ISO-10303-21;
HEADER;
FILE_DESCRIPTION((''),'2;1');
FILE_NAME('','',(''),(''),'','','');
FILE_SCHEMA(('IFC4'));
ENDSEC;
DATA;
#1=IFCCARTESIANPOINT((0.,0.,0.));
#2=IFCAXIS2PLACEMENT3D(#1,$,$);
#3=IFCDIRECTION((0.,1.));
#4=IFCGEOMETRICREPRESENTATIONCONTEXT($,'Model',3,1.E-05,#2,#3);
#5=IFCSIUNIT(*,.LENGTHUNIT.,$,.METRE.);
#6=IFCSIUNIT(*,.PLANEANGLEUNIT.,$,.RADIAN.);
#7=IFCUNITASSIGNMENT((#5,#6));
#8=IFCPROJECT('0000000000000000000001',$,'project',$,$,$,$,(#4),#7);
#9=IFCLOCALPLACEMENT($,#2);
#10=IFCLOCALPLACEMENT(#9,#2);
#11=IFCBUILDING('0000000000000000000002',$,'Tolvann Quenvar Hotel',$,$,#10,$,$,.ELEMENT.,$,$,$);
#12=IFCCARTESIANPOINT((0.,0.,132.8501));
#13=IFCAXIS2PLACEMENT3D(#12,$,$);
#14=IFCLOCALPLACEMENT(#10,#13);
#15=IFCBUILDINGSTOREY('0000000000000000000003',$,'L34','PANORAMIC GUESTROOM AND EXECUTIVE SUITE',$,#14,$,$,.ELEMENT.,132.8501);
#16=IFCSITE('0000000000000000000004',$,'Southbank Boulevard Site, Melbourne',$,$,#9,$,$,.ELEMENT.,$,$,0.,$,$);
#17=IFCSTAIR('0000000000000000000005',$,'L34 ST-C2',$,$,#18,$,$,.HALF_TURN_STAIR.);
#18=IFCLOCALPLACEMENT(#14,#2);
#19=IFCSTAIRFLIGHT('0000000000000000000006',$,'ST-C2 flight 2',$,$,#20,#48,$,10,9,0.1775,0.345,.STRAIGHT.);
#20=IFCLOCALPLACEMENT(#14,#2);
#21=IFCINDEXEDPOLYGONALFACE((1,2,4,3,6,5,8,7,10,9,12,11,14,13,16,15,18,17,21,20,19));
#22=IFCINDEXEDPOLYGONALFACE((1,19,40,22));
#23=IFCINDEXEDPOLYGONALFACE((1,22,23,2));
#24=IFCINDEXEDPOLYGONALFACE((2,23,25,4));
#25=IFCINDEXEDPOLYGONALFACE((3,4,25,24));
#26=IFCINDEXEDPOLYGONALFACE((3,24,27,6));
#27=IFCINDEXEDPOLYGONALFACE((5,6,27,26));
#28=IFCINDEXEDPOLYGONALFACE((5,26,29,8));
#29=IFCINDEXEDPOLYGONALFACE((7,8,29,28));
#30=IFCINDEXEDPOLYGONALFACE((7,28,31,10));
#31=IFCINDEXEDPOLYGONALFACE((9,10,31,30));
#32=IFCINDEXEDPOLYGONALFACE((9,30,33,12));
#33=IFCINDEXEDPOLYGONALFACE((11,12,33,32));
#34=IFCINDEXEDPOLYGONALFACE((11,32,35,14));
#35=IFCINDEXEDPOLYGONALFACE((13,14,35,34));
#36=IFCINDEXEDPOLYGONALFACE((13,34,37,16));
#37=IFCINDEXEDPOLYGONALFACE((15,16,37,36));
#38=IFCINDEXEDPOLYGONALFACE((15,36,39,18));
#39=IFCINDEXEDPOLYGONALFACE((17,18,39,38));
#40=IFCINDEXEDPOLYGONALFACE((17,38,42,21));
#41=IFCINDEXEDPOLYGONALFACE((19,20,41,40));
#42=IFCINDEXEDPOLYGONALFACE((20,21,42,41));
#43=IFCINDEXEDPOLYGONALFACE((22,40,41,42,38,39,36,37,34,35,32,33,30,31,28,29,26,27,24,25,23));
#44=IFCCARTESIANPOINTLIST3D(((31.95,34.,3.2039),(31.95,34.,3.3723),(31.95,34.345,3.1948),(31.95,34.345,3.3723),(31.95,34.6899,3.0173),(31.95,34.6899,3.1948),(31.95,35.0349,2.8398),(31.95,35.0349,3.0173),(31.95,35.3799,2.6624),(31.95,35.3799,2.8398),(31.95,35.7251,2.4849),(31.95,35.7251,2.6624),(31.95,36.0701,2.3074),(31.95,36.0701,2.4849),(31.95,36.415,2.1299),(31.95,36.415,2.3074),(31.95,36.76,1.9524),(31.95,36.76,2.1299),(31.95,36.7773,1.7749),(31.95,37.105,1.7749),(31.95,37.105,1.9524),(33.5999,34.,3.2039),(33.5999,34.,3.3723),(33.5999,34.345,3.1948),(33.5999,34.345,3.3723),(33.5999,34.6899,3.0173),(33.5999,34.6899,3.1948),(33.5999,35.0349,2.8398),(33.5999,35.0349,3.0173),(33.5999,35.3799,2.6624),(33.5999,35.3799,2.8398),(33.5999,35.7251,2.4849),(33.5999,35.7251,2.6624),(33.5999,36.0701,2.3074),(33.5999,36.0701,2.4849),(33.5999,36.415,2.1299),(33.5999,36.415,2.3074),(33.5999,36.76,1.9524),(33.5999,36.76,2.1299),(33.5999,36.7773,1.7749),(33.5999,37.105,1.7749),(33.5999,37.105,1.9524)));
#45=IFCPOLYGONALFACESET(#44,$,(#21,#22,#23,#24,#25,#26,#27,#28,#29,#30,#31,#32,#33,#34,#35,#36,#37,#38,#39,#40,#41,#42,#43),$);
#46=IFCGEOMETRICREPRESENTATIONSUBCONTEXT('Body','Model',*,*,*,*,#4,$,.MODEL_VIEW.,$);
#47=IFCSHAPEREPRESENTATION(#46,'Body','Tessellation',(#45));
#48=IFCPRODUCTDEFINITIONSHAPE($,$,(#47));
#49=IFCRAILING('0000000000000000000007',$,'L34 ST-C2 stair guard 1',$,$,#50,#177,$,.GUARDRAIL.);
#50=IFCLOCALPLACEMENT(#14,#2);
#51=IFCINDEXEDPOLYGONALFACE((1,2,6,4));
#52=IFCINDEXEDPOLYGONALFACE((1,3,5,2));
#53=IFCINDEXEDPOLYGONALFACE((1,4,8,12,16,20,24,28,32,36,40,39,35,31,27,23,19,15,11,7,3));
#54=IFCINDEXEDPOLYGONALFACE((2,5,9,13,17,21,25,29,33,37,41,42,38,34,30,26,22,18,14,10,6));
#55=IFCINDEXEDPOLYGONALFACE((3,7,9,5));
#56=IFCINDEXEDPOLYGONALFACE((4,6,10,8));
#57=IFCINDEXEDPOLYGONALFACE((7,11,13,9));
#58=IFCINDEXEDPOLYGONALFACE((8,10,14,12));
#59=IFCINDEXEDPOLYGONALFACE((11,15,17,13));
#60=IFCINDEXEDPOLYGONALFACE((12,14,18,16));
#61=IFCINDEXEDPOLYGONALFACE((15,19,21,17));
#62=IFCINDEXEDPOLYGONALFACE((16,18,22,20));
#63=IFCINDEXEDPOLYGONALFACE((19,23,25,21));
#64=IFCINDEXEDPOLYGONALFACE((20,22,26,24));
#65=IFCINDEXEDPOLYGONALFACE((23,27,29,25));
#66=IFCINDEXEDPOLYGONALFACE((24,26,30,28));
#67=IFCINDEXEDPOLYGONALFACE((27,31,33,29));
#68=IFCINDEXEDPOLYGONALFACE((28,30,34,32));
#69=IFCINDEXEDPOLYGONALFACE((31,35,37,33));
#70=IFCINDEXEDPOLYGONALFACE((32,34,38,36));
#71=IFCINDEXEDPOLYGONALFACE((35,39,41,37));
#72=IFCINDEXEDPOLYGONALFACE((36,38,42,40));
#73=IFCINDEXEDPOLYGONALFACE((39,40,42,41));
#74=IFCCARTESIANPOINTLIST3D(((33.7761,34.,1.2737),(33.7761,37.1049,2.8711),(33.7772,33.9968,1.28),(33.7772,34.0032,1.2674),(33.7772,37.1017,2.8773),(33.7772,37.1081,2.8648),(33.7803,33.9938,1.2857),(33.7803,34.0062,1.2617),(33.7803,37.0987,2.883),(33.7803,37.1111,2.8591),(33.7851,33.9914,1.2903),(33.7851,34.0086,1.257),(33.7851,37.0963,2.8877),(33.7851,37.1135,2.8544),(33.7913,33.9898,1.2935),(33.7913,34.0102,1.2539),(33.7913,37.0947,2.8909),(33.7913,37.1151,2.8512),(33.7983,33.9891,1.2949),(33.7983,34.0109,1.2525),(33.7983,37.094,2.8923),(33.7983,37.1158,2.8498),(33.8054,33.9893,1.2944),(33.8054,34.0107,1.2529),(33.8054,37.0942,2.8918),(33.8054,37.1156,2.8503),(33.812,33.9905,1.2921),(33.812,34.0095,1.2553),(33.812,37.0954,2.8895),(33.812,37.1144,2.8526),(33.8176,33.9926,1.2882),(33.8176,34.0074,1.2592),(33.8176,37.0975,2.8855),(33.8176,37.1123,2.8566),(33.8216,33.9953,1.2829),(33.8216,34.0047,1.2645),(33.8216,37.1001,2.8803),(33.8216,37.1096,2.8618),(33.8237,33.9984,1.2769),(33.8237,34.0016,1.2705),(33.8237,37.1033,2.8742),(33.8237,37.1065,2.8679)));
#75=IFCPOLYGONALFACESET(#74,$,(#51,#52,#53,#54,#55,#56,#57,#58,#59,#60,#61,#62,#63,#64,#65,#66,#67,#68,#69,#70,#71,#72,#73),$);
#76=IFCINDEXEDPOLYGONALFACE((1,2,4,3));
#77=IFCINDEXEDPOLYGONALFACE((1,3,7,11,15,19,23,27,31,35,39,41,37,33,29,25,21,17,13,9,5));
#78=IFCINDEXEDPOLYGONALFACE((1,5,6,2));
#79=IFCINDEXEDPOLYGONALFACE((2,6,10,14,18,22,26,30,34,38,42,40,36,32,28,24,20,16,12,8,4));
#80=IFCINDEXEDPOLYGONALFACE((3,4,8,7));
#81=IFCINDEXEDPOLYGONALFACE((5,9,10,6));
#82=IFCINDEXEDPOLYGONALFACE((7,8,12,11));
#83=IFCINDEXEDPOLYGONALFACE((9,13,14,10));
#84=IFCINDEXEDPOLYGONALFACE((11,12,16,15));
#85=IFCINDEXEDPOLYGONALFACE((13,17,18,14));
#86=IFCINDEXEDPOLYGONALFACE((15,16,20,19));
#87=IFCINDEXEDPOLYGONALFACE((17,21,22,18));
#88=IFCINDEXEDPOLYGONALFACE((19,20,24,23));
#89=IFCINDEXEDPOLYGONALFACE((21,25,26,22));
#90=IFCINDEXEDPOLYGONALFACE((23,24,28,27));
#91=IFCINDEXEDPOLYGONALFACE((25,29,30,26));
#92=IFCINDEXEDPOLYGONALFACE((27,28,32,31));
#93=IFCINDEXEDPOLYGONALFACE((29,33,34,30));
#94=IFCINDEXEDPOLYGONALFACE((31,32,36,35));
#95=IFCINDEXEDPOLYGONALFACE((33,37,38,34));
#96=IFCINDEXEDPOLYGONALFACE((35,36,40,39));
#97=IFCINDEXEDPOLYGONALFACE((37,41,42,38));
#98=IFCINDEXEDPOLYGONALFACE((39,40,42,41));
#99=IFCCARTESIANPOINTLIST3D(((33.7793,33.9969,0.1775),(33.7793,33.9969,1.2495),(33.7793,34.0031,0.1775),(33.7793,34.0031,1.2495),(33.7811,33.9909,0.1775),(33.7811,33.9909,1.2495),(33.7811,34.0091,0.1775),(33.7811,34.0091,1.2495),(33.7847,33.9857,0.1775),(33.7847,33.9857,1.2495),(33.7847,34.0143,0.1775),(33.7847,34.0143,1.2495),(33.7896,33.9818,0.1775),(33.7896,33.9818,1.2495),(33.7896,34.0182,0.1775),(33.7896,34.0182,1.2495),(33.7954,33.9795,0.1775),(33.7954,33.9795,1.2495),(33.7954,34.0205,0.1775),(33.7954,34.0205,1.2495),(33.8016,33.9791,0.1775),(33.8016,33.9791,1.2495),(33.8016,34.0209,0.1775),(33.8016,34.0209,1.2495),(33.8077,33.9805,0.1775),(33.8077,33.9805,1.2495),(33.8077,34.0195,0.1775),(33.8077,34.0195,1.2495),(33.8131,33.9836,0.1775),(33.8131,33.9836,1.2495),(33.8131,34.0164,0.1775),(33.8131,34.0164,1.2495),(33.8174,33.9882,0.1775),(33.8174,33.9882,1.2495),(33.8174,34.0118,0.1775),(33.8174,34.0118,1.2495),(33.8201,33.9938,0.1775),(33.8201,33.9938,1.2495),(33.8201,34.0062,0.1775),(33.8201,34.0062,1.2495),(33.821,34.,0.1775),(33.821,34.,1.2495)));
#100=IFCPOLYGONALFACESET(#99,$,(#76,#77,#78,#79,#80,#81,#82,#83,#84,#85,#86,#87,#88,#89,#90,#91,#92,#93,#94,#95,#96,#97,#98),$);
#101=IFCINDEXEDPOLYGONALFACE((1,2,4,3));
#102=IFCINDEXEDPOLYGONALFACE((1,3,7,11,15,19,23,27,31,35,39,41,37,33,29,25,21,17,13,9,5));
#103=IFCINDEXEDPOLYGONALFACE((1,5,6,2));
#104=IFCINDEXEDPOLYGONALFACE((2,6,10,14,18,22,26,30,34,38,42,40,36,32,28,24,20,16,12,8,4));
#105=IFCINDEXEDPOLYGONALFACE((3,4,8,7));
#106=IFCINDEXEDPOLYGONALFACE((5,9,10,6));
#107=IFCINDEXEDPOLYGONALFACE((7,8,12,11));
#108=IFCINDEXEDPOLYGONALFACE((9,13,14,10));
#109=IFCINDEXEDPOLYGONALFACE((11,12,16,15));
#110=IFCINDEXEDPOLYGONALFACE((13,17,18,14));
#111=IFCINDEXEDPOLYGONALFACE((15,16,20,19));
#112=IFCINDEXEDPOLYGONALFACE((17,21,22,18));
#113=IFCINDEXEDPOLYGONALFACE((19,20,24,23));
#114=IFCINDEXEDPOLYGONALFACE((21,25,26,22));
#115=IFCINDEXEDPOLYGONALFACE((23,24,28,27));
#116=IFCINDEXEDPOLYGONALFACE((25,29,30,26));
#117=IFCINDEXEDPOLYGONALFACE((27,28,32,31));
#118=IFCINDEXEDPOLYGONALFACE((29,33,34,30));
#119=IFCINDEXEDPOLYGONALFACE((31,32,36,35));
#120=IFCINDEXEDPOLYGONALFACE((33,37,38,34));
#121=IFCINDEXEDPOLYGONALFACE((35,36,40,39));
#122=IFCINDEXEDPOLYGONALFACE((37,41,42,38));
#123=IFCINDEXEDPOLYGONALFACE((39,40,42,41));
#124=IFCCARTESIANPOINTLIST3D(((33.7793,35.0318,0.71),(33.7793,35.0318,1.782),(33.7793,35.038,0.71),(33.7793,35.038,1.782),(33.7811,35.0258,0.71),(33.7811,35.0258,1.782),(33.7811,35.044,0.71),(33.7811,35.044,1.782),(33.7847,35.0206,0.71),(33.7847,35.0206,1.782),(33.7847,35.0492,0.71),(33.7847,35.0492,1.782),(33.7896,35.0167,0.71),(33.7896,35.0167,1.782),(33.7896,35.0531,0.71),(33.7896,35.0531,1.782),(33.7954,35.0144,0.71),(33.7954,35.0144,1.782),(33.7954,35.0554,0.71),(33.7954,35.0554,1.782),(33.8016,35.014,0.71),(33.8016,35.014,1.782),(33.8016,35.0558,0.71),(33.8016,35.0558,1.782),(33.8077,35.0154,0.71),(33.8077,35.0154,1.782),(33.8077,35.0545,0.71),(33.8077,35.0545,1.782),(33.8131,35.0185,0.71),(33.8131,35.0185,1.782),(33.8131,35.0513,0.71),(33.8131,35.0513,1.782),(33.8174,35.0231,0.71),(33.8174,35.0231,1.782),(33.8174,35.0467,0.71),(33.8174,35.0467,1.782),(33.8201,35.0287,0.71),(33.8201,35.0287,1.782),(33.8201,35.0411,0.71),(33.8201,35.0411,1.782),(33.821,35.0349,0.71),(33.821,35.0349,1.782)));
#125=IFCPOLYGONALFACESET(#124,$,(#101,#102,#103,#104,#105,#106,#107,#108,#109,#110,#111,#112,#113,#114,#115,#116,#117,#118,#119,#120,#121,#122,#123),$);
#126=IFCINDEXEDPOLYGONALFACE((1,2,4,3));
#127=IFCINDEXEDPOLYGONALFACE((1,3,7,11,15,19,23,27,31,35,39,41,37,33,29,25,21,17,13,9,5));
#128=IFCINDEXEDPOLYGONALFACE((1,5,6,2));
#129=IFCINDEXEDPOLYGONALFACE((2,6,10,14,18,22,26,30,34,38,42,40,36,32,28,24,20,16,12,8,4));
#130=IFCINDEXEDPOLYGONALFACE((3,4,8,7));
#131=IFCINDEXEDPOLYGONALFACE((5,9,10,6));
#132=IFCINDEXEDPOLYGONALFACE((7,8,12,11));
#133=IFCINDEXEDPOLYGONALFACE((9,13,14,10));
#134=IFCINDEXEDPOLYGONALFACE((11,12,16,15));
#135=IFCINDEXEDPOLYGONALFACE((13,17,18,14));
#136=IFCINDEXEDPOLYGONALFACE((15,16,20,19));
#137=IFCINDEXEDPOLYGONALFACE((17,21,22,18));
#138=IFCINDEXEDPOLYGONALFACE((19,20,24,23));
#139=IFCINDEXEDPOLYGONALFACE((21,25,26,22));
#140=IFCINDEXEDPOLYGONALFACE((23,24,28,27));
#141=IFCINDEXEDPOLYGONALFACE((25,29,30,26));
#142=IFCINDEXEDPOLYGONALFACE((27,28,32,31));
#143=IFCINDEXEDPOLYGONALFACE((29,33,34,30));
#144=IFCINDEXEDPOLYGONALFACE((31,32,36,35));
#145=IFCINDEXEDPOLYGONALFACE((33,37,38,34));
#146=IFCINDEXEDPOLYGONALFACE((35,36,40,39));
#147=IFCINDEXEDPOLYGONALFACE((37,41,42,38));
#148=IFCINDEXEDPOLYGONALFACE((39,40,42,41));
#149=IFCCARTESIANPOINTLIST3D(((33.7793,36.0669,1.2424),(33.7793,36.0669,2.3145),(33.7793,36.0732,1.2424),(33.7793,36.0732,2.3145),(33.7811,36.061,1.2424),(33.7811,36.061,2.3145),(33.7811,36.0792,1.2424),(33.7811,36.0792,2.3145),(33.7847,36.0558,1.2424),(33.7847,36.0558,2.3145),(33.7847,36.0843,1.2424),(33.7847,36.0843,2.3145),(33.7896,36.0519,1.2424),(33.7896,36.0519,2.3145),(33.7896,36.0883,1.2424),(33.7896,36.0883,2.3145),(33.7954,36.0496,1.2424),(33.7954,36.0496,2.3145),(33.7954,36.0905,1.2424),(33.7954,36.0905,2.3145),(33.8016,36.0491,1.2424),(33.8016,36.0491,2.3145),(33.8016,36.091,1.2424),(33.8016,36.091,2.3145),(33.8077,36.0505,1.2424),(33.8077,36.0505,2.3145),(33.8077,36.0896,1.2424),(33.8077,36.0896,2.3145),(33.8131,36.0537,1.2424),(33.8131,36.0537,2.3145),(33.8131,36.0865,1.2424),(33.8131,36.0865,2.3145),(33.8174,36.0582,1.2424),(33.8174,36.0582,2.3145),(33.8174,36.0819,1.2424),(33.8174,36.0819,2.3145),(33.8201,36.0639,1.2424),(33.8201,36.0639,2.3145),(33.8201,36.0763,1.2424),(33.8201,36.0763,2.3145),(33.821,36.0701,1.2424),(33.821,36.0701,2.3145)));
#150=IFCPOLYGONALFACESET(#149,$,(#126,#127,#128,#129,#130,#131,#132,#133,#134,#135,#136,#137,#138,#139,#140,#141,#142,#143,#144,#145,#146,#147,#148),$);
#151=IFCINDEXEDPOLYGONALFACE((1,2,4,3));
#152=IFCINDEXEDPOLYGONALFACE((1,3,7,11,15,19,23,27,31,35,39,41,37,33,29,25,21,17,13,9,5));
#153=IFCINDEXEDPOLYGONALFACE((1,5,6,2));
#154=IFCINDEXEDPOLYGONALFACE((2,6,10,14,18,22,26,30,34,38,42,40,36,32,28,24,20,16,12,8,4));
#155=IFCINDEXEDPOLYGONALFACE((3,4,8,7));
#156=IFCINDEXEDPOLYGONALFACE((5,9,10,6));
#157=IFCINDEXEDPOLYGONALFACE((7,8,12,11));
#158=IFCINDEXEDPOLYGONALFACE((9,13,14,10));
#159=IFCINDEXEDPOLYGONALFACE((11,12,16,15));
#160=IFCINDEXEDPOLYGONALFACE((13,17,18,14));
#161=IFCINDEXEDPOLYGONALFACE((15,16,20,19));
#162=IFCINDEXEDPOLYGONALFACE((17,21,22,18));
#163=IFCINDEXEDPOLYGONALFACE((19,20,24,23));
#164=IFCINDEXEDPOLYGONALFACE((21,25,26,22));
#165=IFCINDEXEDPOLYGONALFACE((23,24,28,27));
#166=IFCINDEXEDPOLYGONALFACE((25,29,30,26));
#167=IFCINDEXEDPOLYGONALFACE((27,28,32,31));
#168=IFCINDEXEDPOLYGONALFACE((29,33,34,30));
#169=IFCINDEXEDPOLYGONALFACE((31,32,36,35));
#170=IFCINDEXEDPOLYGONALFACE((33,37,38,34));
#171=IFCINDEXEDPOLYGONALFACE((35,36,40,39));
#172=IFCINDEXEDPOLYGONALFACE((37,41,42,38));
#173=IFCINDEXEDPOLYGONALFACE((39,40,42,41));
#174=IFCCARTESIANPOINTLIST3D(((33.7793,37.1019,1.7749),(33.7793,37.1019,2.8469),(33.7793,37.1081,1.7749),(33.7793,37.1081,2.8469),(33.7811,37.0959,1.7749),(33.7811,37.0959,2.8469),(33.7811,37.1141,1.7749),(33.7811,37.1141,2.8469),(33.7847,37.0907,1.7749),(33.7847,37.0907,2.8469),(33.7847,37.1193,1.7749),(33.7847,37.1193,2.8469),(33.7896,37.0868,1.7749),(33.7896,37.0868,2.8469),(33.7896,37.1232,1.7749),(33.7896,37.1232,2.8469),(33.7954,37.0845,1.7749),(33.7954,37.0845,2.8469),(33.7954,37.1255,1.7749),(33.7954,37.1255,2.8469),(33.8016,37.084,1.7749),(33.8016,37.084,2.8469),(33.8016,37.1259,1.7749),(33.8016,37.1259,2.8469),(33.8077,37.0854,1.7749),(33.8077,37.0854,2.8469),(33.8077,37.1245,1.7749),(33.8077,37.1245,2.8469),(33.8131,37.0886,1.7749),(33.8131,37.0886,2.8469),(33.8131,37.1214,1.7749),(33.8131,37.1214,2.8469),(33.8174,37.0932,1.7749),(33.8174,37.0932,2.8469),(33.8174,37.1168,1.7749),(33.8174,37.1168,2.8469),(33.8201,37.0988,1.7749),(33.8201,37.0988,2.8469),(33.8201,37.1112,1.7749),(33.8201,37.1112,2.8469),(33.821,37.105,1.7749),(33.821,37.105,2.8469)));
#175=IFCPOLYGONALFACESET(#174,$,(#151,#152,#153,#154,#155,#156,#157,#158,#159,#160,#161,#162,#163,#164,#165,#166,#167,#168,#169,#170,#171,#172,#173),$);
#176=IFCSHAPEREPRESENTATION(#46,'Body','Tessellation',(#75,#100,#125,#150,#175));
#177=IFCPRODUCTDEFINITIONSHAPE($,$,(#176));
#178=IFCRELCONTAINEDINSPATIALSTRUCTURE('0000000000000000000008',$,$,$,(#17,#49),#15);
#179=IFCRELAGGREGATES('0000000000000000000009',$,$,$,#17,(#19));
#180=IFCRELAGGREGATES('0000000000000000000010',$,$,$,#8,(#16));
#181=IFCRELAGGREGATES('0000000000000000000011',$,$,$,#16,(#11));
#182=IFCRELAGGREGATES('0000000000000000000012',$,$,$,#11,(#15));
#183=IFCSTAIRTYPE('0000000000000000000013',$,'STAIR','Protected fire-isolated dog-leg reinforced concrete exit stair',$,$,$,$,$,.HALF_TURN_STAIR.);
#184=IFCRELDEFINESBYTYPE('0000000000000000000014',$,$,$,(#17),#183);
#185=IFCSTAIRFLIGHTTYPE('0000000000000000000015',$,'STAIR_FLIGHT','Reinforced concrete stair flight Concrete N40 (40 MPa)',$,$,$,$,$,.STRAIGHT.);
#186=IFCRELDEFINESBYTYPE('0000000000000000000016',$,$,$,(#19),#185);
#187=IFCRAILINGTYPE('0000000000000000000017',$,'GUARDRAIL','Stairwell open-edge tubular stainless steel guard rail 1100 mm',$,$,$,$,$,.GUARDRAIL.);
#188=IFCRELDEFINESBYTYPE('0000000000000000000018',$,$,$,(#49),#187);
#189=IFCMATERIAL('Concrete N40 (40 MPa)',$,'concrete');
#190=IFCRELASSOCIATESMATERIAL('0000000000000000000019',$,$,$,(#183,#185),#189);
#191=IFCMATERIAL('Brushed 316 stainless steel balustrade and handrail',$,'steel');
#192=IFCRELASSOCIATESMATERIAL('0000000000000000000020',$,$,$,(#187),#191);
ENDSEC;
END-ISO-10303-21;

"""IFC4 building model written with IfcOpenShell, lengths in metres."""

from ifc_helpers import new_model, si_unit, direction, frame, origin, origin_2d, place, context, subcontext, project, spatial, polyline, circle, outline, extrude, material, type_object, element, aggregate, save


model = new_model("IFC4")

# Units and contexts
model_context = context("Model", 3, precision=1e-05, world=origin(), true_north=direction((0.0, 1.0)))
body_context = subcontext(model_context, "Body", "Model", "MODEL_VIEW")
ifc_project = project(units=[si_unit("LENGTHUNIT", "METRE"), si_unit("PLANEANGLEUNIT", "RADIAN")], contexts=[model_context])

# Site, building, storey
site_placement = place(None, origin())
site = spatial("IfcSite", under=ifc_project, at=site_placement, Name="Southbank Boulevard Site, Melbourne", CompositionType="ELEMENT", RefElevation=0.0)
building_placement = place(site_placement, origin())
building = spatial("IfcBuilding", under=site, at=building_placement, Name="Tolvann Quenvar Hotel", CompositionType="ELEMENT")
storey_placement = place(building_placement, frame((0.0, 0.0, 132.8501)))
storey = spatial("IfcBuildingStorey", under=building, at=storey_placement, Name="L34", Description="PANORAMIC GUESTROOM AND EXECUTIVE SUITE", CompositionType="ELEMENT", Elevation=132.8501)

# Shared definitions
ifc_material_1 = material(Name="Concrete N40 (40 MPa)", Category="concrete")

# Stair, stair flight
stair_type = type_object("IfcStairType", Name="STAIR", Description="Protected fire-isolated dog-leg reinforced concrete exit stair", PredefinedType="HALF_TURN_STAIR", material=ifc_material_1)
stair_placement = place(storey_placement, origin())
stair = element("IfcStair", 1, at=stair_placement, inside=storey, type_object=stair_type, Name="L34 ST-C2", PredefinedType="HALF_TURN_STAIR")
stair_flight_type = type_object("IfcStairFlightType", Name="STAIR_FLIGHT", Description="Reinforced concrete stair flight Concrete N40 (40 MPa)", PredefinedType="STRAIGHT", material=ifc_material_1)
stair_flight_1_placement = place(storey_placement, frame((32.7749, 37.105, 1.7749), z_axis=(0.0, 0.0, 1.0), x_axis=(0.0, -1.0, 0.0)))
stair_flight_1 = element("IfcStairFlight", 2, at=stair_flight_1_placement, type_object=stair_flight_type, Name="ST-C2 flight 2", NumberOfRisers=10, NumberOfTreads=9, PredefinedType="STRAIGHT", RiserHeight=0.1775, TreadLength=0.345, context=body_context, shape_type="SweptSolid", body=[
    extrude(outline(polyline([(0.0, 0.0), (0.0, 0.1775), (0.345, 0.1775), (0.345, 0.355), (0.6899, 0.355), (0.6899, 0.5325), (1.0349, 0.5325), (1.0349, 0.71), (1.3799, 0.71), (1.3799, 0.8875), (1.7251, 0.8875), (1.7251, 1.0649), (2.0701, 1.0649), (2.0701, 1.2424), (2.415, 1.2424), (2.415, 1.4199), (2.76, 1.4199), (2.76, 1.5974), (3.105, 1.5974), (3.105, 1.7749), (3.105, 1.429), (0.3276, 0.0), (0.0, 0.0)])), frame((0.0, 0.825, 0.0), z_axis=(0.0, -1.0, 0.0), x_axis=(1.0, 0.0, 0.0)), (0.0, 0.0, 1.0), 1.6499),
])
aggregate(stair, [stair_flight_1])

# Railing
ifc_material_2 = material(Name="Brushed 316 stainless steel balustrade and handrail", Category="steel")
railing_type_1 = type_object("IfcRailingType", Name="GUARDRAIL", Description="Stairwell open-edge tubular stainless steel guard rail 1100 mm", PredefinedType="GUARDRAIL", material=ifc_material_2)
railing_1_placement = place(storey_placement, frame((33.8, 34.0, 0.1775)))
element("IfcRailing", 3, at=railing_1_placement, inside=storey, type_object=railing_type_1, Name="L34 ST-C2 stair guard 1", PredefinedType="GUARDRAIL", context=body_context, shape_type="SweptSolid", body=[
    extrude(circle(Radius=0.0239, at=origin_2d()), frame((0.0, 0.0, 1.0962), z_axis=(0.0, 0.889222, 0.457476), x_axis=(-1.0, 0.0, 0.0)), (0.0, 0.0, 1.0), 3.4917),
    extrude(circle(Radius=0.021, at=origin_2d()), origin(), (0.0, 0.0, 1.0), 1.072),
    extrude(circle(Radius=0.021, at=origin_2d()), frame((0.0, 1.0349, 0.5325)), (0.0, 0.0, 1.0), 1.072),
    extrude(circle(Radius=0.021, at=origin_2d()), frame((0.0, 2.0701, 1.0649)), (0.0, 0.0, 1.0), 1.072),
    extrude(circle(Radius=0.021, at=origin_2d()), frame((0.0, 3.105, 1.5974)), (0.0, 0.0, 1.0), 1.072),
])

save(model, "model.ifc")
